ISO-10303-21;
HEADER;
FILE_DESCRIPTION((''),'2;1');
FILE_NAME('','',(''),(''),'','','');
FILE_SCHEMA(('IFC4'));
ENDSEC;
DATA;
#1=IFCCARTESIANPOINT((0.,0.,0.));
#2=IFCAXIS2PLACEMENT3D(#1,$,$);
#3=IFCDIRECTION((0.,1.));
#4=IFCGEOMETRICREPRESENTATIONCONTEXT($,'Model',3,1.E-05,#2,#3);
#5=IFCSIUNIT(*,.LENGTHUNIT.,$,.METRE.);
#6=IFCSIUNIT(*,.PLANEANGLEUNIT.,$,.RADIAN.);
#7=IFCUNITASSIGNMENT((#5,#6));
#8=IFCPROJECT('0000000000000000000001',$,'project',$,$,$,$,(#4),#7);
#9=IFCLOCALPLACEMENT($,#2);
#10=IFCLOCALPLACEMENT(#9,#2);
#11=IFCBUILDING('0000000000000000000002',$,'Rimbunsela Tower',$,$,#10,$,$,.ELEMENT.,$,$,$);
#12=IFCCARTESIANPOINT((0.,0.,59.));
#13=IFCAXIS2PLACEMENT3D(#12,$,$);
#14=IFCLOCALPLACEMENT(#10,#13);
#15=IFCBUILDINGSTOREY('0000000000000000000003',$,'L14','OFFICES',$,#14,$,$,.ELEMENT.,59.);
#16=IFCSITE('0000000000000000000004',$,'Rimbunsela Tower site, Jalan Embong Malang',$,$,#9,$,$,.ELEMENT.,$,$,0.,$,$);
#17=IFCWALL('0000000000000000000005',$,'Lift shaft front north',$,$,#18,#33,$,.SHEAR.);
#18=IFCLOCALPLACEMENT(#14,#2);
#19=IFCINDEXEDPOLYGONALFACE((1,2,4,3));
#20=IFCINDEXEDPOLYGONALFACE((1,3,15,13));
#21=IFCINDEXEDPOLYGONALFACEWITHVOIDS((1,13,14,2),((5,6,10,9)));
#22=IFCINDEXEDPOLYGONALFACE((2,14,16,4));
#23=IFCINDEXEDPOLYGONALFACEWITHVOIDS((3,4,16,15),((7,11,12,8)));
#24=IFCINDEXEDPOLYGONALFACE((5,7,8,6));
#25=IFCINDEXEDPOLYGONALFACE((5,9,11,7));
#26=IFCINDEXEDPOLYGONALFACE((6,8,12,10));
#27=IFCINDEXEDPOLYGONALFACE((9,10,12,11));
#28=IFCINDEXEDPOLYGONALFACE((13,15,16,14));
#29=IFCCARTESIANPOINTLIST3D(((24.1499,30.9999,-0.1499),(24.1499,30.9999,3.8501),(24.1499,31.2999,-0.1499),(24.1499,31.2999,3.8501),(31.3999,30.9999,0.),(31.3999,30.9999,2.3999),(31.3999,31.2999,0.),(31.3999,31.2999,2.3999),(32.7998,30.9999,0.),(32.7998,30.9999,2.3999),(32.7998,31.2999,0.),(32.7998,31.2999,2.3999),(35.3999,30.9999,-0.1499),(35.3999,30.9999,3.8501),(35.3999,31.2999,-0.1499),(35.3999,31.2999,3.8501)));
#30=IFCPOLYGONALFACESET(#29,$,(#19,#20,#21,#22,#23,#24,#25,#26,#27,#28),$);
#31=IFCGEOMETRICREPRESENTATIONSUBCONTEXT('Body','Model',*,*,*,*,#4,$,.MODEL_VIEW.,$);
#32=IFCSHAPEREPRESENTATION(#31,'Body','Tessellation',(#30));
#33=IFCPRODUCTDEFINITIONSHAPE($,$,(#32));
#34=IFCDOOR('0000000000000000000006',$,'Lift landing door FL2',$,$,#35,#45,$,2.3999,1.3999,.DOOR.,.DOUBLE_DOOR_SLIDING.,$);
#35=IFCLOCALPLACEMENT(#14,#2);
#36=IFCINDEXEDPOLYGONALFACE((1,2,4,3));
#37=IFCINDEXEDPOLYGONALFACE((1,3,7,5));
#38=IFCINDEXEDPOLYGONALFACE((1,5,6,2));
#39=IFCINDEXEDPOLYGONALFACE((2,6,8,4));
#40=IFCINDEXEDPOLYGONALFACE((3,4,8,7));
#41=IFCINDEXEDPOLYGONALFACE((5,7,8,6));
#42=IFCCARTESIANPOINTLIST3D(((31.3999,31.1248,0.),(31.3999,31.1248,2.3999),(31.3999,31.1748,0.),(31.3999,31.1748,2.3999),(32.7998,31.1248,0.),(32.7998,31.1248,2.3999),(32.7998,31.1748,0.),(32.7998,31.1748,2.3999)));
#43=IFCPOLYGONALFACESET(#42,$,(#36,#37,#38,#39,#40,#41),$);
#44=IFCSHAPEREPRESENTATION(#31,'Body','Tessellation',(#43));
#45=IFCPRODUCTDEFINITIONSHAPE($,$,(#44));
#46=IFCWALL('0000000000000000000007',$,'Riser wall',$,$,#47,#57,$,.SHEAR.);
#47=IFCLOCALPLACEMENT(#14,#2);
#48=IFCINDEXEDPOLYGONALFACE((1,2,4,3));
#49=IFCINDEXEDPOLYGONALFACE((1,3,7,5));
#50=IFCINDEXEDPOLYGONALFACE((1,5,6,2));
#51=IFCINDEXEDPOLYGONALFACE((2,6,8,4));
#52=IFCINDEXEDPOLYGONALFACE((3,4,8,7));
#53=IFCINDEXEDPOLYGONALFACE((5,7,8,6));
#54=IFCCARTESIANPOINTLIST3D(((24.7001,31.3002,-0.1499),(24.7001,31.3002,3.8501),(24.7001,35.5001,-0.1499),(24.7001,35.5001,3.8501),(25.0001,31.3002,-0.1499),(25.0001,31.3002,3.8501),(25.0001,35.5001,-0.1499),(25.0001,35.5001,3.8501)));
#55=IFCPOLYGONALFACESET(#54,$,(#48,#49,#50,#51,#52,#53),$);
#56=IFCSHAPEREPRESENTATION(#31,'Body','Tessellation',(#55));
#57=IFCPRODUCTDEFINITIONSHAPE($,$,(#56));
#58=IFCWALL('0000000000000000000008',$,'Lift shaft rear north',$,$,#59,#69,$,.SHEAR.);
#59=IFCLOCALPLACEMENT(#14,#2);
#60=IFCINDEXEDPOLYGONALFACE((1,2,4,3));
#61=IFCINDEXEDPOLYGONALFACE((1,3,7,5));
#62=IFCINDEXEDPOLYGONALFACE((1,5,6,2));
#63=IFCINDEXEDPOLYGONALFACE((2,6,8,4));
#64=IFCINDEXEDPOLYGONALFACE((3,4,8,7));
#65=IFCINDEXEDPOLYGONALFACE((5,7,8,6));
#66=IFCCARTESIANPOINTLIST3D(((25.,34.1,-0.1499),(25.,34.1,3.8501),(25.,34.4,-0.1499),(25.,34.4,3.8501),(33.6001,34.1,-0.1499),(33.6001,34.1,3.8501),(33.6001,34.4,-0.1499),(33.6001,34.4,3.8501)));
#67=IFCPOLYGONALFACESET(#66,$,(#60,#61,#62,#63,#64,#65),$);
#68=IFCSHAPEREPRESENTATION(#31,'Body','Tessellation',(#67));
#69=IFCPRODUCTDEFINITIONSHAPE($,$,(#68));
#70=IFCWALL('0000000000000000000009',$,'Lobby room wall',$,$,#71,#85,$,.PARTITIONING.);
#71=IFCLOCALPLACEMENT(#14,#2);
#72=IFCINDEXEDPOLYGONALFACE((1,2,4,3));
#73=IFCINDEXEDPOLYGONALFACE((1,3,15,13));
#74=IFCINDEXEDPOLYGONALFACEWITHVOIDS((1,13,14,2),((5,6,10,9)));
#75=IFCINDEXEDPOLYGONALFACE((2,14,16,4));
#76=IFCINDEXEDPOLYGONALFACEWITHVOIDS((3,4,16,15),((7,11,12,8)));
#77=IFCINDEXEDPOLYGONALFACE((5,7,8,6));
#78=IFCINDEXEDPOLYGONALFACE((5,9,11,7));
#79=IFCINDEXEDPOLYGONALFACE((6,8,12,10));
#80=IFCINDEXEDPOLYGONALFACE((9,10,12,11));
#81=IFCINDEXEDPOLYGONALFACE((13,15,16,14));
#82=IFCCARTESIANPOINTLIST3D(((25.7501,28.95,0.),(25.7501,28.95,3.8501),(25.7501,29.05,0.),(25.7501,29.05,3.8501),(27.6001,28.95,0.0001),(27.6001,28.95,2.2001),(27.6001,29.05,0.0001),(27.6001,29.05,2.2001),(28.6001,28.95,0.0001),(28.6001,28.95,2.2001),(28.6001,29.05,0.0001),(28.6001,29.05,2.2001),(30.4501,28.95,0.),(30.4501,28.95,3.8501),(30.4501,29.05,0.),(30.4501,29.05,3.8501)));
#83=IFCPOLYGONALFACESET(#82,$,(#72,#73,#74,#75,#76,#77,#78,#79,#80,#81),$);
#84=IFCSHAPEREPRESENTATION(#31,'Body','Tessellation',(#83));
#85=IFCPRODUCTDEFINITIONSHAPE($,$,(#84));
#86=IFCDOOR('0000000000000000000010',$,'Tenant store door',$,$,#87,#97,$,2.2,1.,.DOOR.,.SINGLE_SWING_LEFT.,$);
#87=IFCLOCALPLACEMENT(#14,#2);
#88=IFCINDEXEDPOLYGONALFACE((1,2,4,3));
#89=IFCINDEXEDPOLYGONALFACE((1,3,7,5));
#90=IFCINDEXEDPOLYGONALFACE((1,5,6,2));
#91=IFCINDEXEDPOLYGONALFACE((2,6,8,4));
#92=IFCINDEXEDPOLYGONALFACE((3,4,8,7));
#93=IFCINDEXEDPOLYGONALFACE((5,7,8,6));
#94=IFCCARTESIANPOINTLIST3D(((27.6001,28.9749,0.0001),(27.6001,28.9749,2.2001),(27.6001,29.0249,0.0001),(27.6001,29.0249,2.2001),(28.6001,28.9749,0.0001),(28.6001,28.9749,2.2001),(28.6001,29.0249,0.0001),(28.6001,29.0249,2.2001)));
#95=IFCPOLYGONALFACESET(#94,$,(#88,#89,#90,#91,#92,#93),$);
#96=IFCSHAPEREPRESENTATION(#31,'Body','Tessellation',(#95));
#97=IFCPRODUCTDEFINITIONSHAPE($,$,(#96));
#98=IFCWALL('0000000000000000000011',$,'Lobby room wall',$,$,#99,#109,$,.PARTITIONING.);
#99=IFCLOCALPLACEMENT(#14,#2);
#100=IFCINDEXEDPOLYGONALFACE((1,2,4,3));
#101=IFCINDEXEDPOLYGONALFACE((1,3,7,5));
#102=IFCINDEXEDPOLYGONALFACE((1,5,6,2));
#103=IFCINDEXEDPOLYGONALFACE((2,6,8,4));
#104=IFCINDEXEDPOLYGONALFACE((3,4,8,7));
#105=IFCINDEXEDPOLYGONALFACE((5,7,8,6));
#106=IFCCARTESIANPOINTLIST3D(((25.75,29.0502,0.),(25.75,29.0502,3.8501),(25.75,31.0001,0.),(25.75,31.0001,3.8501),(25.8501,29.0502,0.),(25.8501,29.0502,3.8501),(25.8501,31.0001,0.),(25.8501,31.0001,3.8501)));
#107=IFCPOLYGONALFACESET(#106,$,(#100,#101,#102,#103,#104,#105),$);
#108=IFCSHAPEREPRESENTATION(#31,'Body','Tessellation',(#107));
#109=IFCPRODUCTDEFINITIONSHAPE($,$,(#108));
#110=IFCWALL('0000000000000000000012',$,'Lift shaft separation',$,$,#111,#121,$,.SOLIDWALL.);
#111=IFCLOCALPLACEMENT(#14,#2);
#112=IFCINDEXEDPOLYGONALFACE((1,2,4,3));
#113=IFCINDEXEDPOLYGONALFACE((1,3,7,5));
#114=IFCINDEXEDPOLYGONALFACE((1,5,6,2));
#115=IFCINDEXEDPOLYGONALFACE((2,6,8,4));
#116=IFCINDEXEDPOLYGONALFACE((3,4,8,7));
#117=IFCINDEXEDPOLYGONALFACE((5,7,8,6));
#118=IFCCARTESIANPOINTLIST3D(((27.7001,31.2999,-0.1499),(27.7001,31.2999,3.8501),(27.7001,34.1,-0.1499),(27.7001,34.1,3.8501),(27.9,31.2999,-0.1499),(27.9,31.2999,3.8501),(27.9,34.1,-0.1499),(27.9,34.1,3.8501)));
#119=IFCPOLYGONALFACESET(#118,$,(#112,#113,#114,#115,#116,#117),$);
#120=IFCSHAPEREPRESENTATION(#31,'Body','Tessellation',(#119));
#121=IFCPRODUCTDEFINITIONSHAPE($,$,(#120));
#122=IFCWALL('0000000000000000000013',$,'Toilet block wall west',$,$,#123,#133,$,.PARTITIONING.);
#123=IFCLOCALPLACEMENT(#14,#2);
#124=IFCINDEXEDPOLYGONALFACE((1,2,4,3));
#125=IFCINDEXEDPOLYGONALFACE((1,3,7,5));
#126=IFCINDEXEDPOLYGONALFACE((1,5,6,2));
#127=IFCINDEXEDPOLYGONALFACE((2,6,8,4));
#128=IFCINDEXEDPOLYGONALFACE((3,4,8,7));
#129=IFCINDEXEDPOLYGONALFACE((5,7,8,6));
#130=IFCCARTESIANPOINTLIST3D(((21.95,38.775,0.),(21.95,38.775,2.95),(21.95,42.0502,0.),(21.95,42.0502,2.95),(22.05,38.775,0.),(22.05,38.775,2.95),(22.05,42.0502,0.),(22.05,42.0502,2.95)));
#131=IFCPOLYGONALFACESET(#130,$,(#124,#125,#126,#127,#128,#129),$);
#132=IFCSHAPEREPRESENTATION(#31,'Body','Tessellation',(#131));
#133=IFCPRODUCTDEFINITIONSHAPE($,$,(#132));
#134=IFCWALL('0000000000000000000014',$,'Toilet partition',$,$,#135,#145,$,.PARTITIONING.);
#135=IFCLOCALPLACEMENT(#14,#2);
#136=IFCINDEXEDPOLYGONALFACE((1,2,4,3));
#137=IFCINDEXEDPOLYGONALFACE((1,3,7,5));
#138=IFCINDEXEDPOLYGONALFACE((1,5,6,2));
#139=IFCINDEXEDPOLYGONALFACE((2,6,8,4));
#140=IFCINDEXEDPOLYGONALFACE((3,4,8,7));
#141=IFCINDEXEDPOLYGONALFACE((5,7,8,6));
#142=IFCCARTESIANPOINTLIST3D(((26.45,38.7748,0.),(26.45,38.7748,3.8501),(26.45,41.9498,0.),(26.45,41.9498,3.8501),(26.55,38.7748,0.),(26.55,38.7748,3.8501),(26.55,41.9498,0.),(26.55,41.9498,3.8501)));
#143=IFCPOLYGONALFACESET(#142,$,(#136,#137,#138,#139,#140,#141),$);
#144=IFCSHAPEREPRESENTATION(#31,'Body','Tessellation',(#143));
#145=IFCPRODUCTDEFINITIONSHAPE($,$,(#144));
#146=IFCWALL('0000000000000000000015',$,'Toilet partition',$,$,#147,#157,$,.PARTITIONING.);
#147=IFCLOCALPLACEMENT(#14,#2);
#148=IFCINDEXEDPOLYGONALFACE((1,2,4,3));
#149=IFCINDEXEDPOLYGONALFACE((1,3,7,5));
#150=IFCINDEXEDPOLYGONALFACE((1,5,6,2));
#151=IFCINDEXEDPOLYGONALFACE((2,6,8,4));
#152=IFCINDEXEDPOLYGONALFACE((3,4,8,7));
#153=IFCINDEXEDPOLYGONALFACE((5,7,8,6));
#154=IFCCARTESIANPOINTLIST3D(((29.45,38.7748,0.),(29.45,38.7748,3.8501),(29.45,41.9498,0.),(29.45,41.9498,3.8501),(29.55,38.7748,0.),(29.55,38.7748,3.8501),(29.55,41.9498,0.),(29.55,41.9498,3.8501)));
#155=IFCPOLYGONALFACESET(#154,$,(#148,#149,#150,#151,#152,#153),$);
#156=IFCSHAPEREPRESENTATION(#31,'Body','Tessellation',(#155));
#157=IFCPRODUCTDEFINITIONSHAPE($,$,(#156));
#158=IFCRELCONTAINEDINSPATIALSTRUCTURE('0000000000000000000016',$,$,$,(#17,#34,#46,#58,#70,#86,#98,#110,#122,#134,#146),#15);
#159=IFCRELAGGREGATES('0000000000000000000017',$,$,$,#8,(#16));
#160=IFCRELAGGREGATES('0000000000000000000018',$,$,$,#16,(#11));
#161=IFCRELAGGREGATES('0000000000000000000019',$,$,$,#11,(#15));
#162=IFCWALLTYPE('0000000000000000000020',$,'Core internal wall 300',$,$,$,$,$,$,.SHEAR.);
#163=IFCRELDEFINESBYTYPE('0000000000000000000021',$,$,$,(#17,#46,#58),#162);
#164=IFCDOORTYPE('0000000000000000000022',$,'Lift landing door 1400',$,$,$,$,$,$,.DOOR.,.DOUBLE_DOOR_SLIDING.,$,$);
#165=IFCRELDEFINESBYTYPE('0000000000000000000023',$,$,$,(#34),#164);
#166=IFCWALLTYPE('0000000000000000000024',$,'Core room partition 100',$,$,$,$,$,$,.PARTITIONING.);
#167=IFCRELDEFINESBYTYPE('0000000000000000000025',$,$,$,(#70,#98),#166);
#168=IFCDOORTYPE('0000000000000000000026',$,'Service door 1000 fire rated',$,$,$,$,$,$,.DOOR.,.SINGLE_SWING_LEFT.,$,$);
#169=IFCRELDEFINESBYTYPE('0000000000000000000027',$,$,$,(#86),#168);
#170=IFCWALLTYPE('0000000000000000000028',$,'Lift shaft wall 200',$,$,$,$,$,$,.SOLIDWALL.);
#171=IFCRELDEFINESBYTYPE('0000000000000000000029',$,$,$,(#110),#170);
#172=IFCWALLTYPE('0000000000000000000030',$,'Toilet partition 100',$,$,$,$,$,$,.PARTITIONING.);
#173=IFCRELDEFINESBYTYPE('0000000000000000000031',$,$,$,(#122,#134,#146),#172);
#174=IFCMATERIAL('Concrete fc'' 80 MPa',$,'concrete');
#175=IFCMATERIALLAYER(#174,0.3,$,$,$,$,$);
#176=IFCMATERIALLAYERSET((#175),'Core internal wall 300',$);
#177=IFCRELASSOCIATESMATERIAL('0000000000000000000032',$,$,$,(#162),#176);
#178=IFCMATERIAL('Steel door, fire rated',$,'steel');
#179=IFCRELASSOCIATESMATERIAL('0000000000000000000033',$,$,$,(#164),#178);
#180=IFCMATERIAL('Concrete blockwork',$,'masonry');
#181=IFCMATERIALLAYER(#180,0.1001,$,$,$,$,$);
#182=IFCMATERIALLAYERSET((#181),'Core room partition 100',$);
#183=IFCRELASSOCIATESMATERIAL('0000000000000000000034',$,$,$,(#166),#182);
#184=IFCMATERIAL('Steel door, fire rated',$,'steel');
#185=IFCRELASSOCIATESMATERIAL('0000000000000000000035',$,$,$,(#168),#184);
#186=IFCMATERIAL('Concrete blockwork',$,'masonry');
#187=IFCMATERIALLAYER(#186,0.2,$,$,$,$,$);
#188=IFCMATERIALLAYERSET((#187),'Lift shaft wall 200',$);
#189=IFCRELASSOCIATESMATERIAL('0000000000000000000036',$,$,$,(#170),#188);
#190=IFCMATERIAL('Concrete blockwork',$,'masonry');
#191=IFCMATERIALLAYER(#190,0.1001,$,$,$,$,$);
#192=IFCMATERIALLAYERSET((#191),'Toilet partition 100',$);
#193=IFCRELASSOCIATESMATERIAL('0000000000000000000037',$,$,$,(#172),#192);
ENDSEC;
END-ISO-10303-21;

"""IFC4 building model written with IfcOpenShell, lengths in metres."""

from ifc_helpers import new_model, si_unit, direction, frame, frame_2d, origin, place, context, subcontext, project, spatial, rectangle, extrude, material, layer, layer_set, type_object, element, fill, save


model = new_model("IFC4")

# Units and contexts
model_context = context("Model", 3, precision=1e-05, world=origin(), true_north=direction((0.0, 1.0)))
body_context = subcontext(model_context, "Body", "Model", "MODEL_VIEW")
ifc_project = project(units=[si_unit("LENGTHUNIT", "METRE"), si_unit("PLANEANGLEUNIT", "RADIAN")], contexts=[model_context])

# Site, building, storey
site_placement = place(None, origin())
site = spatial("IfcSite", under=ifc_project, at=site_placement, Name="Rimbunsela Tower site, Jalan Embong Malang", CompositionType="ELEMENT", RefElevation=0.0)
building_placement = place(site_placement, origin())
building = spatial("IfcBuilding", under=site, at=building_placement, Name="Rimbunsela Tower", CompositionType="ELEMENT")
storey_placement = place(building_placement, frame((0.0, 0.0, 59.0)))
storey = spatial("IfcBuildingStorey", under=building, at=storey_placement, Name="L14", Description="OFFICES", CompositionType="ELEMENT", Elevation=59.0)

# Shared definitions
ifc_material_1 = material(Name="Concrete fc' 80 MPa", Category="concrete")
ifc_layer_1 = layer(ifc_material_1, 0.3)
ifc_layer_set_1 = layer_set([ifc_layer_1], Name="Core internal wall 300")
wall_type_1 = type_object("IfcWallType", Name="Core internal wall 300", PredefinedType="SHEAR", material=ifc_layer_set_1)

# Wall, opening, door
wall_1_placement = place(storey_placement, frame((24.1499, 31.1499, -0.1499), z_axis=(0.0, 0.0, 1.0), x_axis=(1.0, 0.0, 0.0)))
wall_1 = element("IfcWall", 1, at=wall_1_placement, inside=storey, type_object=wall_type_1, Name="Lift shaft front north", PredefinedType="SHEAR", context=body_context, shape_type="SweptSolid", body=[
    extrude(rectangle(XDim=11.25, YDim=0.3, at=frame_2d((5.625, 0.0))), origin(), (0.0, 0.0, 1.0), 4.0),
])
opening_1_placement = place(wall_1_placement, frame((7.25, 0.0, 0.1499)))
opening_1 = element("IfcOpeningElement", 2, at=opening_1_placement, cuts=wall_1, PredefinedType="OPENING", context=body_context, shape_type="SweptSolid", body=[
    extrude(rectangle(XDim=1.3999, YDim=2.3999, at=frame_2d((0.7, 1.2))), frame((0.0, 0.1599, 0.0), z_axis=(0.0, -1.0, 0.0), x_axis=(1.0, 0.0, 0.0)), (0.0, 0.0, 1.0), 0.3201),
])
ifc_material_2 = material(Name="Steel door, fire rated", Category="steel")
door_type_1 = type_object("IfcDoorType", Name="Lift landing door 1400", OperationType="DOUBLE_DOOR_SLIDING", PredefinedType="DOOR", material=ifc_material_2)
door_1_placement = place(opening_1_placement, origin())
door_1 = element("IfcDoor", 3, at=door_1_placement, inside=storey, type_object=door_type_1, Name="Lift landing door FL2", OperationType="DOUBLE_DOOR_SLIDING", OverallHeight=2.3999, OverallWidth=1.3999, PredefinedType="DOOR", context=body_context, shape_type="SweptSolid", body=[
    extrude(rectangle(XDim=1.3999, YDim=2.3999, at=frame_2d((0.7, 1.2))), frame((0.0, 0.0249, 0.0), z_axis=(0.0, -1.0, 0.0), x_axis=(1.0, 0.0, 0.0)), (0.0, 0.0, 1.0), 0.05),
])
fill(opening_1, door_1)

# Walls
wall_2_placement = place(storey_placement, frame((24.8501, 31.3, -0.1499), z_axis=(0.0, 0.0, 1.0), x_axis=(0.0, 1.0, 0.0)))
element("IfcWall", 4, at=wall_2_placement, inside=storey, type_object=wall_type_1, Name="Riser wall", PredefinedType="SHEAR", context=body_context, shape_type="SweptSolid", body=[
    extrude(rectangle(XDim=4.2, YDim=0.3, at=frame_2d((2.1001, 0.0))), origin(), (0.0, 0.0, 1.0), 4.0),
])
wall_3_placement = place(storey_placement, frame((25.0, 34.25, -0.1499), z_axis=(0.0, 0.0, 1.0), x_axis=(1.0, 0.0, 0.0)))
element("IfcWall", 5, at=wall_3_placement, inside=storey, type_object=wall_type_1, Name="Lift shaft rear north", PredefinedType="SHEAR", context=body_context, shape_type="SweptSolid", body=[
    extrude(rectangle(XDim=8.6001, YDim=0.3, at=frame_2d((4.3, 0.0))), origin(), (0.0, 0.0, 1.0), 4.0),
])

# Wall, opening, door
ifc_material_3 = material(Name="Concrete blockwork", Category="masonry")
ifc_layer_2 = layer(ifc_material_3, 0.1001)
ifc_layer_set_2 = layer_set([ifc_layer_2], Name="Core room partition 100")
wall_type_2 = type_object("IfcWallType", Name="Core room partition 100", PredefinedType="PARTITIONING", material=ifc_layer_set_2)
wall_4_placement = place(storey_placement, frame((25.75, 29.0, 0.0), z_axis=(0.0, 0.0, 1.0), x_axis=(1.0, 0.0, 0.0)))
wall_4 = element("IfcWall", 6, at=wall_4_placement, inside=storey, type_object=wall_type_2, Name="Lobby room wall", PredefinedType="PARTITIONING", context=body_context, shape_type="SweptSolid", body=[
    extrude(rectangle(XDim=4.7, YDim=0.1001, at=frame_2d((2.3501, 0.0))), origin(), (0.0, 0.0, 1.0), 3.8501),
])
opening_2_placement = place(wall_4_placement, frame((1.8501, 0.0, 0.0)))
opening_2 = element("IfcOpeningElement", 7, at=opening_2_placement, cuts=wall_4, PredefinedType="OPENING", context=body_context, shape_type="SweptSolid", body=[
    extrude(rectangle(XDim=1.0, YDim=2.2, at=frame_2d((0.5, 1.1001))), frame((0.0, 0.0601, 0.0), z_axis=(0.0, -1.0, 0.0), x_axis=(1.0, 0.0, 0.0)), (0.0, 0.0, 1.0), 0.1201),
])
ifc_material_4 = material(Name="Steel door, fire rated", Category="steel")
door_type_2 = type_object("IfcDoorType", Name="Service door 1000 fire rated", OperationType="SINGLE_SWING_LEFT", PredefinedType="DOOR", material=ifc_material_4)
door_2_placement = place(opening_2_placement, origin())
door_2 = element("IfcDoor", 8, at=door_2_placement, inside=storey, type_object=door_type_2, Name="Tenant store door", OperationType="SINGLE_SWING_LEFT", OverallHeight=2.2, OverallWidth=1.0, PredefinedType="DOOR", context=body_context, shape_type="SweptSolid", body=[
    extrude(rectangle(XDim=1.0, YDim=2.2, at=frame_2d((0.5, 1.1001))), frame((0.0, 0.0249, 0.0), z_axis=(0.0, -1.0, 0.0), x_axis=(1.0, 0.0, 0.0)), (0.0, 0.0, 1.0), 0.05),
])
fill(opening_2, door_2)

# Walls
wall_5_placement = place(storey_placement, frame((25.8, 29.05, 0.0), z_axis=(0.0, 0.0, 1.0), x_axis=(0.0, 1.0, 0.0)))
element("IfcWall", 9, at=wall_5_placement, inside=storey, type_object=wall_type_2, Name="Lobby room wall", PredefinedType="PARTITIONING", context=body_context, shape_type="SweptSolid", body=[
    extrude(rectangle(XDim=1.95, YDim=0.1001, at=frame_2d((0.9751, 0.0))), origin(), (0.0, 0.0, 1.0), 3.8501),
])
ifc_material_5 = material(Name="Concrete blockwork", Category="masonry")
ifc_layer_3 = layer(ifc_material_5, 0.2)
ifc_layer_set_3 = layer_set([ifc_layer_3], Name="Lift shaft wall 200")
wall_type_3 = type_object("IfcWallType", Name="Lift shaft wall 200", PredefinedType="SOLIDWALL", material=ifc_layer_set_3)
wall_6_placement = place(storey_placement, frame((27.8, 31.3, -0.1499), z_axis=(0.0, 0.0, 1.0), x_axis=(0.0, 1.0, 0.0)))
element("IfcWall", 10, at=wall_6_placement, inside=storey, type_object=wall_type_3, Name="Lift shaft separation", PredefinedType="SOLIDWALL", context=body_context, shape_type="SweptSolid", body=[
    extrude(rectangle(XDim=2.8, YDim=0.2, at=frame_2d((1.3999, 0.0))), origin(), (0.0, 0.0, 1.0), 4.0),
])
ifc_material_6 = material(Name="Concrete blockwork", Category="masonry")
ifc_layer_4 = layer(ifc_material_6, 0.1001)
ifc_layer_set_4 = layer_set([ifc_layer_4], Name="Toilet partition 100")
wall_type_4 = type_object("IfcWallType", Name="Toilet partition 100", PredefinedType="PARTITIONING", material=ifc_layer_set_4)
wall_7_placement = place(storey_placement, frame((22.0, 38.7749, 0.0), z_axis=(0.0, 0.0, 1.0), x_axis=(0.0, 1.0, 0.0)))
element("IfcWall", 11, at=wall_7_placement, inside=storey, type_object=wall_type_4, Name="Toilet block wall west", PredefinedType="PARTITIONING", context=body_context, shape_type="SweptSolid", body=[
    extrude(rectangle(XDim=3.2751, YDim=0.1001, at=frame_2d((1.6377, 0.0))), origin(), (0.0, 0.0, 1.0), 2.95),
])
for number, where, z_axis, x_axis, name in (
    (12, (26.5, 38.7749, 0.0), (0.0, 0.0, 1.0), (0.0, 1.0, 0.0), "Toilet partition"),
    (13, (29.5, 38.7749, 0.0), (0.0, 0.0, 1.0), (0.0, 1.0, 0.0), "Toilet partition"),
):
    element("IfcWall", number, at=place(storey_placement, frame(where, z_axis=z_axis, x_axis=x_axis)), inside=storey, type_object=wall_type_4, Name=name, PredefinedType="PARTITIONING", context=body_context, shape_type="SweptSolid", body=[
        extrude(rectangle(XDim=3.175, YDim=0.1001, at=frame_2d((1.5874, 0.0))), origin(), (0.0, 0.0, 1.0), 3.8501),
    ])

save(model, "model.ifc")
